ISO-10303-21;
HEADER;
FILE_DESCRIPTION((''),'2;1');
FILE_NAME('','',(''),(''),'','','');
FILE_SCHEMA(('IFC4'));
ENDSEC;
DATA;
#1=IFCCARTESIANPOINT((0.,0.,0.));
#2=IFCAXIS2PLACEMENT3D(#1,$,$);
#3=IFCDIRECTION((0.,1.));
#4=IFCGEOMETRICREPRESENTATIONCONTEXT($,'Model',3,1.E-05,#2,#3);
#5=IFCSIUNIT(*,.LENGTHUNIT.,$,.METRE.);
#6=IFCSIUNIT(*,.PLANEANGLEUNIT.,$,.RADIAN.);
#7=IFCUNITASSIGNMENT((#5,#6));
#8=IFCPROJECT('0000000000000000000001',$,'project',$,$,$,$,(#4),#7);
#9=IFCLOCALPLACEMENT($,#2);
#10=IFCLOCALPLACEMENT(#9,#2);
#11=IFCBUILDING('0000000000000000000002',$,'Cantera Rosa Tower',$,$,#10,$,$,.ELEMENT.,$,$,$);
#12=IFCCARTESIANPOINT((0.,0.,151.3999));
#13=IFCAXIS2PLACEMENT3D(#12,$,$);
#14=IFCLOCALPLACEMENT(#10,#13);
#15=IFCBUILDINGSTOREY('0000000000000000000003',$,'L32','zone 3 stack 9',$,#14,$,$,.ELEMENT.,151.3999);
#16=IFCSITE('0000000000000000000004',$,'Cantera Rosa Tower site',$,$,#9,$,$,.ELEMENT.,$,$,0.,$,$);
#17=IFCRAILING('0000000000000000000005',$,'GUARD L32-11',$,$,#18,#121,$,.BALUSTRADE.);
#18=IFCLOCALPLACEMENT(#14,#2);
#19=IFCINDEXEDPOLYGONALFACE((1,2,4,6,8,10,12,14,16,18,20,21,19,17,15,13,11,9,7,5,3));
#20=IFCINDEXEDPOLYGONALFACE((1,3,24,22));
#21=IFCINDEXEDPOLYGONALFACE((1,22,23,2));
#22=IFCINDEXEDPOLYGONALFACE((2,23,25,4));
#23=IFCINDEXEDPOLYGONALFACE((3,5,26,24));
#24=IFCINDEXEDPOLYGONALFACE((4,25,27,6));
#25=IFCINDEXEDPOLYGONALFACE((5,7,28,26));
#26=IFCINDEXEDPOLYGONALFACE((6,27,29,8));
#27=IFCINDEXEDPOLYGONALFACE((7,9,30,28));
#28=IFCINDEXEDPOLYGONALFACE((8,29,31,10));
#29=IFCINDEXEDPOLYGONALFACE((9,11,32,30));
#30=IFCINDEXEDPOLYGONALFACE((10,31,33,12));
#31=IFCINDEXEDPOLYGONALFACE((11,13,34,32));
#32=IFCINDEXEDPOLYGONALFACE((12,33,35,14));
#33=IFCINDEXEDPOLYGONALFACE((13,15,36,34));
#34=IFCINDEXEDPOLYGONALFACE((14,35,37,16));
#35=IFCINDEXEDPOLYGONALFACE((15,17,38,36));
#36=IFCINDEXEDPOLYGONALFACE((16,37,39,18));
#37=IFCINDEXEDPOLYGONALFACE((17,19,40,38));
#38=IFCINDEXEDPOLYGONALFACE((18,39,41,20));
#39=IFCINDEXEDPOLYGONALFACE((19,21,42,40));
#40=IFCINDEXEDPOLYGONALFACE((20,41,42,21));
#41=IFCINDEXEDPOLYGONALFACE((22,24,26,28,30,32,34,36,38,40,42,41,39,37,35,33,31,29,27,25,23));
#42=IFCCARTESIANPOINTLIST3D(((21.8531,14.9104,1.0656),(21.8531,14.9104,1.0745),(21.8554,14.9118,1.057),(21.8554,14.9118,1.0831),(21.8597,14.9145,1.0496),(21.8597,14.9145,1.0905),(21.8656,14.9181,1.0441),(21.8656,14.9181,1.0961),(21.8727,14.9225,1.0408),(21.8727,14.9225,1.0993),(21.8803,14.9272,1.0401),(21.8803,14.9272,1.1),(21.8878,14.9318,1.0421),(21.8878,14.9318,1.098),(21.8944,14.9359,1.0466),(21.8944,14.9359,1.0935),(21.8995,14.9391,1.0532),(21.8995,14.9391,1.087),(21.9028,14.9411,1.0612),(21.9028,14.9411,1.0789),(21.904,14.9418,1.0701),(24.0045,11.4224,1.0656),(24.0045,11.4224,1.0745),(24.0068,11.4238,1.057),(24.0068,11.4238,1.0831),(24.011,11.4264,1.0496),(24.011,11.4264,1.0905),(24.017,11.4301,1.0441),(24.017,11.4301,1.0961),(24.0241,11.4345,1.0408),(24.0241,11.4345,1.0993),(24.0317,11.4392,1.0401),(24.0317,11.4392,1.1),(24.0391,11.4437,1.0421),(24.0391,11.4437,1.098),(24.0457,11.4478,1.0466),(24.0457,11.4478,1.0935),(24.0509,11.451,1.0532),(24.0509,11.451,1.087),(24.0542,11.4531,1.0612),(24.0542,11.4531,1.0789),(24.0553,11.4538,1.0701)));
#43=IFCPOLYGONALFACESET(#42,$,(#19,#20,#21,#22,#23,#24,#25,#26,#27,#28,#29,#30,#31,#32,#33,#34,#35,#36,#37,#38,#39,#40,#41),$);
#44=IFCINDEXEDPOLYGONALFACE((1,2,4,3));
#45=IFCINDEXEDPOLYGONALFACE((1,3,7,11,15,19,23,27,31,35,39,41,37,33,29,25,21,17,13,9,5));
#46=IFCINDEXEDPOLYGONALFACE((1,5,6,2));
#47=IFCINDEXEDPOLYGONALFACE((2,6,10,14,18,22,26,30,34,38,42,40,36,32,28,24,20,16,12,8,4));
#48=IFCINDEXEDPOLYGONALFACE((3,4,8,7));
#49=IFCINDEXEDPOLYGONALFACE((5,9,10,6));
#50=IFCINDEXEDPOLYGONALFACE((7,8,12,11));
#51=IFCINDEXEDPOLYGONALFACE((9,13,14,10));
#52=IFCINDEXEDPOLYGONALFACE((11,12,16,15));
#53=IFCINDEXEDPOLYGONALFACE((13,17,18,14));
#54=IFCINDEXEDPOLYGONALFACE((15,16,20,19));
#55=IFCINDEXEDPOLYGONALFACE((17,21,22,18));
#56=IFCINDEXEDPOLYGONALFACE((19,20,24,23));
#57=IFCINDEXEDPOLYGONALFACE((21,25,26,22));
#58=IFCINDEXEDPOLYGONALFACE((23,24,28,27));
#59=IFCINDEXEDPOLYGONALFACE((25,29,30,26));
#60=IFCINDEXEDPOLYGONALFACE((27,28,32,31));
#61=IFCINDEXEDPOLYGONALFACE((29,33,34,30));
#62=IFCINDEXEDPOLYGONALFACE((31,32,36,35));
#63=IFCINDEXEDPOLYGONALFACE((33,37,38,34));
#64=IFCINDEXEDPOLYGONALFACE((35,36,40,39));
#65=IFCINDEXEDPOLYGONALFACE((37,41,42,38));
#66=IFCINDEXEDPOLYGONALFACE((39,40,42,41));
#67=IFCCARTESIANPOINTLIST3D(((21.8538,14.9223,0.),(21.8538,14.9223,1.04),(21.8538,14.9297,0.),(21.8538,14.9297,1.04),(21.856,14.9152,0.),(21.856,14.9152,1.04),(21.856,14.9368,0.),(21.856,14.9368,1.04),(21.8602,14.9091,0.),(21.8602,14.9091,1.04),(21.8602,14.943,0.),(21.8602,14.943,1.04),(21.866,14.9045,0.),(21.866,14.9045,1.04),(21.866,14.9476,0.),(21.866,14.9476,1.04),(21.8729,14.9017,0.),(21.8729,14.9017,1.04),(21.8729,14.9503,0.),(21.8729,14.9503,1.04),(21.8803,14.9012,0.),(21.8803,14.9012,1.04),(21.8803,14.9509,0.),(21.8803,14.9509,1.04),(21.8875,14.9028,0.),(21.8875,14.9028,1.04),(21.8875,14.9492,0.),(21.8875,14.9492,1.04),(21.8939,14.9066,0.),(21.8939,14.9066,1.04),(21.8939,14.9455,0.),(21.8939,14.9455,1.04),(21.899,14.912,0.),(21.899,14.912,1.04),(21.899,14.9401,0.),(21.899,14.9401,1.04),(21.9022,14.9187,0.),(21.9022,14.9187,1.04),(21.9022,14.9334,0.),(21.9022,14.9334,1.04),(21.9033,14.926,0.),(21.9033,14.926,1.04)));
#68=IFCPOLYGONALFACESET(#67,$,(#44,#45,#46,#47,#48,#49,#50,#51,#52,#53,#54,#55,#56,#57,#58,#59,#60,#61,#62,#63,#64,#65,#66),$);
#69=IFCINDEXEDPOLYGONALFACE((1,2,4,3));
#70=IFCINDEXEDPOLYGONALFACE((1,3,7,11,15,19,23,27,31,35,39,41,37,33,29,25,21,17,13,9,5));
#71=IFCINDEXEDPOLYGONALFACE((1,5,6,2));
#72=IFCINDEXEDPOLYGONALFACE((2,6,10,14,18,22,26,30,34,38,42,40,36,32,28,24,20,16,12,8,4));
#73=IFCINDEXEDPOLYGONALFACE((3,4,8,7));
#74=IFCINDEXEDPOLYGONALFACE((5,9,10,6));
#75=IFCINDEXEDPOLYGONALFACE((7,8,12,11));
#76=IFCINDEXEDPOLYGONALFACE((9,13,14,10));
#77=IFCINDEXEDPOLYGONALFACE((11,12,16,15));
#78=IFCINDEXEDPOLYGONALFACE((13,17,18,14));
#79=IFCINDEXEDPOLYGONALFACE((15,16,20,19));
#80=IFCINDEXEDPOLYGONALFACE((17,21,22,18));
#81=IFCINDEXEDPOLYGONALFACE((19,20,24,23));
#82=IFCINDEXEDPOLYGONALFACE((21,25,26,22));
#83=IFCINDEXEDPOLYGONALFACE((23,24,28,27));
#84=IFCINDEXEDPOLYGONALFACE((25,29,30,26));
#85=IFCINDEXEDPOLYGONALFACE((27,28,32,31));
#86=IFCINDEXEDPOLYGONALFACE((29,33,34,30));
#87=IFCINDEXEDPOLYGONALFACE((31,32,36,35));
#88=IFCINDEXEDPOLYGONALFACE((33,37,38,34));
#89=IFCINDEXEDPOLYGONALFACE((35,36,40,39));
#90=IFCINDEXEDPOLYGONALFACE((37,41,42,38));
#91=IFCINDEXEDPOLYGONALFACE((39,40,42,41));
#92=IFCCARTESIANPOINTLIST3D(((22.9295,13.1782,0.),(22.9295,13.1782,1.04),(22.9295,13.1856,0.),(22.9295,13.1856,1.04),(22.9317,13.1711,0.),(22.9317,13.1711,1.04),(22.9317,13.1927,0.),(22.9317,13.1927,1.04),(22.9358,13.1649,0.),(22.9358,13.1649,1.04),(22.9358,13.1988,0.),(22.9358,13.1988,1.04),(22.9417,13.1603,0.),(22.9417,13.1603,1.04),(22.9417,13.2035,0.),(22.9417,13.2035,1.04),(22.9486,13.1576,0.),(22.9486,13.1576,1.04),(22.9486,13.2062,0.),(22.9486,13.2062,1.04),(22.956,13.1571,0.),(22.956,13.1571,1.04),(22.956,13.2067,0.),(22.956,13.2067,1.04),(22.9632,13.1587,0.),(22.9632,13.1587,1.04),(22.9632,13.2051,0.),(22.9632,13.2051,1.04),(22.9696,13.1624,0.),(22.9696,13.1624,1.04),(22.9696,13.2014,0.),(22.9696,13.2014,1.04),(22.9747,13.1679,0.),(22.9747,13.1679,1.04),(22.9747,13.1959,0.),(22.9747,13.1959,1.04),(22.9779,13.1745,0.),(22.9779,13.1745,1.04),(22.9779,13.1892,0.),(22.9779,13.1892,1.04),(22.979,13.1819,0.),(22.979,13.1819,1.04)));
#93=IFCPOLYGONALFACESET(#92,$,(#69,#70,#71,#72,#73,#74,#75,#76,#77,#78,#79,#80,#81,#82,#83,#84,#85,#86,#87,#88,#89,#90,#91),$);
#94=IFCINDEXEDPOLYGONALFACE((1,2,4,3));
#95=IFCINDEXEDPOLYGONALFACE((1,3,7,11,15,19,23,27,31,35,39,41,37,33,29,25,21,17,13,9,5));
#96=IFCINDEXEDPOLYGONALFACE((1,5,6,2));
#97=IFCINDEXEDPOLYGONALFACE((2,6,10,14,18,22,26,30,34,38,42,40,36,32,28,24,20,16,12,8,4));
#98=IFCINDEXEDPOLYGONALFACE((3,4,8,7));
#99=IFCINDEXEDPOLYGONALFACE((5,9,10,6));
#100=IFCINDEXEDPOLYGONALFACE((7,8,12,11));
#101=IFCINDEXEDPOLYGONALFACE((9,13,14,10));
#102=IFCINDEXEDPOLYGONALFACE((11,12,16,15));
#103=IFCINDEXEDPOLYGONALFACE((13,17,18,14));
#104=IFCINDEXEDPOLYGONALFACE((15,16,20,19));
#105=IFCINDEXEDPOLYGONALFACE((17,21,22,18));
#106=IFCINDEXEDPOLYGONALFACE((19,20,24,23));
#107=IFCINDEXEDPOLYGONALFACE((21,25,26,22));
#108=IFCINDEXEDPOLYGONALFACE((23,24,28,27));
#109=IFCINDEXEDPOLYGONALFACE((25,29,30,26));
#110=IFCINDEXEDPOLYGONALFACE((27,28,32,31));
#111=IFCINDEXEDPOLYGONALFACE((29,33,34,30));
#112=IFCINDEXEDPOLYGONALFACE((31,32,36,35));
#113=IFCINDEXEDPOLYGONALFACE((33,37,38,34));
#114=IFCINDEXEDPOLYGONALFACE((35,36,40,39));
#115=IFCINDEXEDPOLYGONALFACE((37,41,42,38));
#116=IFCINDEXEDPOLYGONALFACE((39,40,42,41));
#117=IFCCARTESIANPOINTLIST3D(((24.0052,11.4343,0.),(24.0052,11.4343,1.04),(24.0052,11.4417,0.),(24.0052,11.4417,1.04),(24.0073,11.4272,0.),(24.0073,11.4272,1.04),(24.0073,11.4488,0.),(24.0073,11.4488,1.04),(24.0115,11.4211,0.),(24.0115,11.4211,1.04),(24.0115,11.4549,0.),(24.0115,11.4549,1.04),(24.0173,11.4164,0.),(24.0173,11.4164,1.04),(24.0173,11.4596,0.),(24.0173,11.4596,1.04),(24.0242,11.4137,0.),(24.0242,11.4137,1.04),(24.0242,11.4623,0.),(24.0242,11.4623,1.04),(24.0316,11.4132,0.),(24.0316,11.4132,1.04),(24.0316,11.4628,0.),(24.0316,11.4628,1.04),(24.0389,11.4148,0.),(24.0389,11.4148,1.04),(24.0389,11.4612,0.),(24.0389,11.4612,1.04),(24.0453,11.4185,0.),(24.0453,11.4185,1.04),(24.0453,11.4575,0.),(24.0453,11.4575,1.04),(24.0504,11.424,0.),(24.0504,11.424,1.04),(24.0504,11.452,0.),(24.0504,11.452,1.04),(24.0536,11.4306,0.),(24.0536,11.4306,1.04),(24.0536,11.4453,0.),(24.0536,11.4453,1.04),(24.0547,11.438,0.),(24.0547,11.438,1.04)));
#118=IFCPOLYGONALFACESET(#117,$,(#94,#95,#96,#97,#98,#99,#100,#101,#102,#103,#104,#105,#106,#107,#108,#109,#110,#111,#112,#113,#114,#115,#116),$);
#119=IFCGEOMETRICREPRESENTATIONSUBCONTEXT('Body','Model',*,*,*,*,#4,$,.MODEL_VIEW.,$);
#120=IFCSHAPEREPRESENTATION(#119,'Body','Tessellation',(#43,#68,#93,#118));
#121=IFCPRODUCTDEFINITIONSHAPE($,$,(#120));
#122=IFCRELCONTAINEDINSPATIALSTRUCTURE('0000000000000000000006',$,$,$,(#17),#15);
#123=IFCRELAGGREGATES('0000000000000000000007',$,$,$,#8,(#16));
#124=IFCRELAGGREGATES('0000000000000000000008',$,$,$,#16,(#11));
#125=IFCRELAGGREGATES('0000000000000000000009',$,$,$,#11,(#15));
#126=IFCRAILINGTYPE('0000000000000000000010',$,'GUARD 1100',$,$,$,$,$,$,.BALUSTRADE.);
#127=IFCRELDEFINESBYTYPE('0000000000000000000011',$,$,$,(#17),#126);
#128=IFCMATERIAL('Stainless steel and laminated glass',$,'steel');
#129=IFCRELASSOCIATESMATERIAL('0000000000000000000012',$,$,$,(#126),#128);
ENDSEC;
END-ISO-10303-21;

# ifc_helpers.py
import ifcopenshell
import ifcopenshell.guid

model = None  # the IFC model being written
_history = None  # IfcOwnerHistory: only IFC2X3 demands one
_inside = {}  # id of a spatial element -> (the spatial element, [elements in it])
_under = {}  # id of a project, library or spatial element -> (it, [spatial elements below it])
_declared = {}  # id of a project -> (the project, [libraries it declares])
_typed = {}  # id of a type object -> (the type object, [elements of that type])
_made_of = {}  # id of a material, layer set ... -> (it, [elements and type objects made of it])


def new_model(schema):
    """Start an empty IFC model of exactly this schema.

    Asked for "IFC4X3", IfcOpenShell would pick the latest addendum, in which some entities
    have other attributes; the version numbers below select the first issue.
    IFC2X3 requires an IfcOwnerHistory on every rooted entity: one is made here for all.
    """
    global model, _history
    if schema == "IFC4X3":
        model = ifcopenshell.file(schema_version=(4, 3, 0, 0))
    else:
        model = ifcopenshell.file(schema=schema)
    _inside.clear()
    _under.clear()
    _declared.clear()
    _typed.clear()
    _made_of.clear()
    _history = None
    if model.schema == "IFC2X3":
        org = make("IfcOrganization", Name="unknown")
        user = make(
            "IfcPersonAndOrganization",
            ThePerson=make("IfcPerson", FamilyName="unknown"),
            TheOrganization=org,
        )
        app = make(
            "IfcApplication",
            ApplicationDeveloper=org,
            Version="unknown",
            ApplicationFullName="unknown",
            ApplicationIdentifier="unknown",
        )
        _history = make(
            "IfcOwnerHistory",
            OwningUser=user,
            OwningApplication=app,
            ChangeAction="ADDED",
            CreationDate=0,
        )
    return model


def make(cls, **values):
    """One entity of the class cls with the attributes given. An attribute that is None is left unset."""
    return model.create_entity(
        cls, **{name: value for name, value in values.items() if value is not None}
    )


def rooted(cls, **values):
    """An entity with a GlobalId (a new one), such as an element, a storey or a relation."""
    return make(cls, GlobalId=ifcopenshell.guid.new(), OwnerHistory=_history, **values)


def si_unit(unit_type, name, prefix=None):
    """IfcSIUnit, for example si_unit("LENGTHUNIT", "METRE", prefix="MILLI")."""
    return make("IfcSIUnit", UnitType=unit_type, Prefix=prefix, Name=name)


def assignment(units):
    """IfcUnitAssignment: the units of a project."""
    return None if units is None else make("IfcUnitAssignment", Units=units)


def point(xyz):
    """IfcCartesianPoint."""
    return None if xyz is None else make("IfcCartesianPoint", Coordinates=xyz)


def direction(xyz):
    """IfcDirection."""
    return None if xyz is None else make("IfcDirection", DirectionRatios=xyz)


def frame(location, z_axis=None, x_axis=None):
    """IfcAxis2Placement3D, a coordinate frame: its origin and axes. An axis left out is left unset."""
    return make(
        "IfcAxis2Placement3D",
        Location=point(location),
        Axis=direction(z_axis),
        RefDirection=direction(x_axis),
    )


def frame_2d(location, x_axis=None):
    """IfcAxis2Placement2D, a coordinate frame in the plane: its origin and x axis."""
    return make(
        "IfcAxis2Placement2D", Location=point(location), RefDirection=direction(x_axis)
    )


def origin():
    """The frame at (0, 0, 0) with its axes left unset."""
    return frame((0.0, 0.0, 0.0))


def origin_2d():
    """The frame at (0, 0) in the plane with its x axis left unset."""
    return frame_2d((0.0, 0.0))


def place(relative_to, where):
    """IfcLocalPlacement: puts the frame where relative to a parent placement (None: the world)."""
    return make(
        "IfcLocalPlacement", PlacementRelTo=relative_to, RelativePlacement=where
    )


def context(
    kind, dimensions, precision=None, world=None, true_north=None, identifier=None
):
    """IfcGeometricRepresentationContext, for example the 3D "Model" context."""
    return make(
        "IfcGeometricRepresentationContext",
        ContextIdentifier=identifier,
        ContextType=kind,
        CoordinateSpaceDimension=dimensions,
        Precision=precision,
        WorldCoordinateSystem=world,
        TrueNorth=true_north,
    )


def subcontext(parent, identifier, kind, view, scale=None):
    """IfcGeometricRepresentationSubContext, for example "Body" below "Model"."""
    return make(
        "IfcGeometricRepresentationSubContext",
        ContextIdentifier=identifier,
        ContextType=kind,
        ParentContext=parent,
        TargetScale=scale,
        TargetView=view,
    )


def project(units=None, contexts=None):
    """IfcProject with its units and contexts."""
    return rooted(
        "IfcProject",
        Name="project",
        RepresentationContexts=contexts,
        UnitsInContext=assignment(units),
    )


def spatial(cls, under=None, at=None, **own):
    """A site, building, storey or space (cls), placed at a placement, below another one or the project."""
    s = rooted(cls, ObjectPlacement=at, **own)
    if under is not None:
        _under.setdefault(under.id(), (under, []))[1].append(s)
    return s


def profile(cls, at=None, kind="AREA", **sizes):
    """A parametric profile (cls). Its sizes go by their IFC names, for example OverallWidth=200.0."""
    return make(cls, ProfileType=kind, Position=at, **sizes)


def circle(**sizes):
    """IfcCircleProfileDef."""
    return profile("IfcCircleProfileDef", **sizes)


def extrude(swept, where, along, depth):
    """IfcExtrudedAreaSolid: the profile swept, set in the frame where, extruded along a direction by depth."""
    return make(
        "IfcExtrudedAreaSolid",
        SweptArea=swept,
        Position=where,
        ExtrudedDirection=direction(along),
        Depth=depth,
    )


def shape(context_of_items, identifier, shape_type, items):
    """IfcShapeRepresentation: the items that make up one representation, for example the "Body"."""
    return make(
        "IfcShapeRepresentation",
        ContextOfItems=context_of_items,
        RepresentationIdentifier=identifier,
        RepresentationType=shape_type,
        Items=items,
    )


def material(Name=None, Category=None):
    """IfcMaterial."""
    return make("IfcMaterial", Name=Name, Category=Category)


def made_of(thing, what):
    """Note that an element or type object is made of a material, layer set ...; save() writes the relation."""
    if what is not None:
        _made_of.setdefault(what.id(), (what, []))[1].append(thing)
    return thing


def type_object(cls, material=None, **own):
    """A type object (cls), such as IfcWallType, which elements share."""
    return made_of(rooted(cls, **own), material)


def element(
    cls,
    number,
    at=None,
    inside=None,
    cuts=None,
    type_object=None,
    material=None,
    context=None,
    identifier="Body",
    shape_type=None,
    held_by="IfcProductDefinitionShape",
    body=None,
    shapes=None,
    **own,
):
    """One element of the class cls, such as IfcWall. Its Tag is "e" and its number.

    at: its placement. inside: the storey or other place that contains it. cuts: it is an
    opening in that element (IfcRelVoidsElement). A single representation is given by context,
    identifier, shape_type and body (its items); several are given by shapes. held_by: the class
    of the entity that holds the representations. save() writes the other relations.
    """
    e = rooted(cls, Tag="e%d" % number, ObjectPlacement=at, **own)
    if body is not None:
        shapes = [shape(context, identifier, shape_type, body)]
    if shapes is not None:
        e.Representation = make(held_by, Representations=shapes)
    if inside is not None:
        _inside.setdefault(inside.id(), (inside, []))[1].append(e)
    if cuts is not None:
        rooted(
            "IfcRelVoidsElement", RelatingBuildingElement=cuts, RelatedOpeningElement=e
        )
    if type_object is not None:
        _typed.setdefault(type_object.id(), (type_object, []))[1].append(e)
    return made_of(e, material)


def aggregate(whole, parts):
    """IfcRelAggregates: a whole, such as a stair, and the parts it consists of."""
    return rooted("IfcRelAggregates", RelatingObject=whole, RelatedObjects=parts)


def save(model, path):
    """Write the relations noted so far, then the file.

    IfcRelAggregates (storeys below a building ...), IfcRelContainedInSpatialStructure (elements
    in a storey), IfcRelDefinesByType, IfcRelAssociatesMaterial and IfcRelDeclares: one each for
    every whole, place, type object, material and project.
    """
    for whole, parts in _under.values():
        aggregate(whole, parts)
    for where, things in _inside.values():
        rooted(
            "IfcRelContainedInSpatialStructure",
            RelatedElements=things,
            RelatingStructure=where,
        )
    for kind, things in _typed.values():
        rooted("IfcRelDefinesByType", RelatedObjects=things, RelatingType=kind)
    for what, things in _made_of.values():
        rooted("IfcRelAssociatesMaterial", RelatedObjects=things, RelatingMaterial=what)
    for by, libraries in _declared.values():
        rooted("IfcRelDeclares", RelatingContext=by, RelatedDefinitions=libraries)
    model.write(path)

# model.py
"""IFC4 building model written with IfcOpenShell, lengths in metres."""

from ifc_helpers import new_model, si_unit, direction, frame, origin, origin_2d, place, context, subcontext, project, spatial, circle, extrude, material, type_object, element, save


model = new_model("IFC4")

# Units and contexts
model_context = context("Model", 3, precision=1e-05, world=origin(), true_north=direction((0.0, 1.0)))
body_context = subcontext(model_context, "Body", "Model", "MODEL_VIEW")
ifc_project = project(units=[si_unit("LENGTHUNIT", "METRE"), si_unit("PLANEANGLEUNIT", "RADIAN")], contexts=[model_context])

# Site, building, storey
site_placement = place(None, origin())
site = spatial("IfcSite", under=ifc_project, at=site_placement, Name="Cantera Rosa Tower site", CompositionType="ELEMENT", RefElevation=0.0)
building_placement = place(site_placement, origin())
building = spatial("IfcBuilding", under=site, at=building_placement, Name="Cantera Rosa Tower", CompositionType="ELEMENT")
storey_placement = place(building_placement, frame((0.0, 0.0, 151.3999)))
storey = spatial("IfcBuildingStorey", under=building, at=storey_placement, Name="L32", Description="zone 3 stack 9", CompositionType="ELEMENT", Elevation=151.3999)

# Railing
ifc_material_1 = material(Name="Stainless steel and laminated glass", Category="steel")
railing_type = type_object("IfcRailingType", Name="GUARD 1100", PredefinedType="BALUSTRADE", material=ifc_material_1)
railing_1_placement = place(storey_placement, frame((21.8784, 14.926, 0.0)))
element("IfcRailing", 1, at=railing_1_placement, inside=storey, type_object=railing_type, Name="GUARD L32-11", PredefinedType="BALUSTRADE", context=body_context, shape_type="SweptSolid", body=[
    extrude(circle(Radius=0.03, at=origin_2d()), frame((0.0, 0.0, 1.0701), z_axis=(0.524961, -0.851126, 0.0), x_axis=(0.851126, 0.524961, 0.0)), (0.0, 0.0, 1.0), 4.0981),
    extrude(circle(Radius=0.0249, at=origin_2d()), origin(), (0.0, 0.0, 1.0), 1.04),
    extrude(circle(Radius=0.0249, at=origin_2d()), frame((1.0757, -1.7441, 0.0)), (0.0, 0.0, 1.0), 1.04),
    extrude(circle(Radius=0.0249, at=origin_2d()), frame((2.1514, -3.488, 0.0)), (0.0, 0.0, 1.0), 1.04),
])

save(model, "model.ifc")
